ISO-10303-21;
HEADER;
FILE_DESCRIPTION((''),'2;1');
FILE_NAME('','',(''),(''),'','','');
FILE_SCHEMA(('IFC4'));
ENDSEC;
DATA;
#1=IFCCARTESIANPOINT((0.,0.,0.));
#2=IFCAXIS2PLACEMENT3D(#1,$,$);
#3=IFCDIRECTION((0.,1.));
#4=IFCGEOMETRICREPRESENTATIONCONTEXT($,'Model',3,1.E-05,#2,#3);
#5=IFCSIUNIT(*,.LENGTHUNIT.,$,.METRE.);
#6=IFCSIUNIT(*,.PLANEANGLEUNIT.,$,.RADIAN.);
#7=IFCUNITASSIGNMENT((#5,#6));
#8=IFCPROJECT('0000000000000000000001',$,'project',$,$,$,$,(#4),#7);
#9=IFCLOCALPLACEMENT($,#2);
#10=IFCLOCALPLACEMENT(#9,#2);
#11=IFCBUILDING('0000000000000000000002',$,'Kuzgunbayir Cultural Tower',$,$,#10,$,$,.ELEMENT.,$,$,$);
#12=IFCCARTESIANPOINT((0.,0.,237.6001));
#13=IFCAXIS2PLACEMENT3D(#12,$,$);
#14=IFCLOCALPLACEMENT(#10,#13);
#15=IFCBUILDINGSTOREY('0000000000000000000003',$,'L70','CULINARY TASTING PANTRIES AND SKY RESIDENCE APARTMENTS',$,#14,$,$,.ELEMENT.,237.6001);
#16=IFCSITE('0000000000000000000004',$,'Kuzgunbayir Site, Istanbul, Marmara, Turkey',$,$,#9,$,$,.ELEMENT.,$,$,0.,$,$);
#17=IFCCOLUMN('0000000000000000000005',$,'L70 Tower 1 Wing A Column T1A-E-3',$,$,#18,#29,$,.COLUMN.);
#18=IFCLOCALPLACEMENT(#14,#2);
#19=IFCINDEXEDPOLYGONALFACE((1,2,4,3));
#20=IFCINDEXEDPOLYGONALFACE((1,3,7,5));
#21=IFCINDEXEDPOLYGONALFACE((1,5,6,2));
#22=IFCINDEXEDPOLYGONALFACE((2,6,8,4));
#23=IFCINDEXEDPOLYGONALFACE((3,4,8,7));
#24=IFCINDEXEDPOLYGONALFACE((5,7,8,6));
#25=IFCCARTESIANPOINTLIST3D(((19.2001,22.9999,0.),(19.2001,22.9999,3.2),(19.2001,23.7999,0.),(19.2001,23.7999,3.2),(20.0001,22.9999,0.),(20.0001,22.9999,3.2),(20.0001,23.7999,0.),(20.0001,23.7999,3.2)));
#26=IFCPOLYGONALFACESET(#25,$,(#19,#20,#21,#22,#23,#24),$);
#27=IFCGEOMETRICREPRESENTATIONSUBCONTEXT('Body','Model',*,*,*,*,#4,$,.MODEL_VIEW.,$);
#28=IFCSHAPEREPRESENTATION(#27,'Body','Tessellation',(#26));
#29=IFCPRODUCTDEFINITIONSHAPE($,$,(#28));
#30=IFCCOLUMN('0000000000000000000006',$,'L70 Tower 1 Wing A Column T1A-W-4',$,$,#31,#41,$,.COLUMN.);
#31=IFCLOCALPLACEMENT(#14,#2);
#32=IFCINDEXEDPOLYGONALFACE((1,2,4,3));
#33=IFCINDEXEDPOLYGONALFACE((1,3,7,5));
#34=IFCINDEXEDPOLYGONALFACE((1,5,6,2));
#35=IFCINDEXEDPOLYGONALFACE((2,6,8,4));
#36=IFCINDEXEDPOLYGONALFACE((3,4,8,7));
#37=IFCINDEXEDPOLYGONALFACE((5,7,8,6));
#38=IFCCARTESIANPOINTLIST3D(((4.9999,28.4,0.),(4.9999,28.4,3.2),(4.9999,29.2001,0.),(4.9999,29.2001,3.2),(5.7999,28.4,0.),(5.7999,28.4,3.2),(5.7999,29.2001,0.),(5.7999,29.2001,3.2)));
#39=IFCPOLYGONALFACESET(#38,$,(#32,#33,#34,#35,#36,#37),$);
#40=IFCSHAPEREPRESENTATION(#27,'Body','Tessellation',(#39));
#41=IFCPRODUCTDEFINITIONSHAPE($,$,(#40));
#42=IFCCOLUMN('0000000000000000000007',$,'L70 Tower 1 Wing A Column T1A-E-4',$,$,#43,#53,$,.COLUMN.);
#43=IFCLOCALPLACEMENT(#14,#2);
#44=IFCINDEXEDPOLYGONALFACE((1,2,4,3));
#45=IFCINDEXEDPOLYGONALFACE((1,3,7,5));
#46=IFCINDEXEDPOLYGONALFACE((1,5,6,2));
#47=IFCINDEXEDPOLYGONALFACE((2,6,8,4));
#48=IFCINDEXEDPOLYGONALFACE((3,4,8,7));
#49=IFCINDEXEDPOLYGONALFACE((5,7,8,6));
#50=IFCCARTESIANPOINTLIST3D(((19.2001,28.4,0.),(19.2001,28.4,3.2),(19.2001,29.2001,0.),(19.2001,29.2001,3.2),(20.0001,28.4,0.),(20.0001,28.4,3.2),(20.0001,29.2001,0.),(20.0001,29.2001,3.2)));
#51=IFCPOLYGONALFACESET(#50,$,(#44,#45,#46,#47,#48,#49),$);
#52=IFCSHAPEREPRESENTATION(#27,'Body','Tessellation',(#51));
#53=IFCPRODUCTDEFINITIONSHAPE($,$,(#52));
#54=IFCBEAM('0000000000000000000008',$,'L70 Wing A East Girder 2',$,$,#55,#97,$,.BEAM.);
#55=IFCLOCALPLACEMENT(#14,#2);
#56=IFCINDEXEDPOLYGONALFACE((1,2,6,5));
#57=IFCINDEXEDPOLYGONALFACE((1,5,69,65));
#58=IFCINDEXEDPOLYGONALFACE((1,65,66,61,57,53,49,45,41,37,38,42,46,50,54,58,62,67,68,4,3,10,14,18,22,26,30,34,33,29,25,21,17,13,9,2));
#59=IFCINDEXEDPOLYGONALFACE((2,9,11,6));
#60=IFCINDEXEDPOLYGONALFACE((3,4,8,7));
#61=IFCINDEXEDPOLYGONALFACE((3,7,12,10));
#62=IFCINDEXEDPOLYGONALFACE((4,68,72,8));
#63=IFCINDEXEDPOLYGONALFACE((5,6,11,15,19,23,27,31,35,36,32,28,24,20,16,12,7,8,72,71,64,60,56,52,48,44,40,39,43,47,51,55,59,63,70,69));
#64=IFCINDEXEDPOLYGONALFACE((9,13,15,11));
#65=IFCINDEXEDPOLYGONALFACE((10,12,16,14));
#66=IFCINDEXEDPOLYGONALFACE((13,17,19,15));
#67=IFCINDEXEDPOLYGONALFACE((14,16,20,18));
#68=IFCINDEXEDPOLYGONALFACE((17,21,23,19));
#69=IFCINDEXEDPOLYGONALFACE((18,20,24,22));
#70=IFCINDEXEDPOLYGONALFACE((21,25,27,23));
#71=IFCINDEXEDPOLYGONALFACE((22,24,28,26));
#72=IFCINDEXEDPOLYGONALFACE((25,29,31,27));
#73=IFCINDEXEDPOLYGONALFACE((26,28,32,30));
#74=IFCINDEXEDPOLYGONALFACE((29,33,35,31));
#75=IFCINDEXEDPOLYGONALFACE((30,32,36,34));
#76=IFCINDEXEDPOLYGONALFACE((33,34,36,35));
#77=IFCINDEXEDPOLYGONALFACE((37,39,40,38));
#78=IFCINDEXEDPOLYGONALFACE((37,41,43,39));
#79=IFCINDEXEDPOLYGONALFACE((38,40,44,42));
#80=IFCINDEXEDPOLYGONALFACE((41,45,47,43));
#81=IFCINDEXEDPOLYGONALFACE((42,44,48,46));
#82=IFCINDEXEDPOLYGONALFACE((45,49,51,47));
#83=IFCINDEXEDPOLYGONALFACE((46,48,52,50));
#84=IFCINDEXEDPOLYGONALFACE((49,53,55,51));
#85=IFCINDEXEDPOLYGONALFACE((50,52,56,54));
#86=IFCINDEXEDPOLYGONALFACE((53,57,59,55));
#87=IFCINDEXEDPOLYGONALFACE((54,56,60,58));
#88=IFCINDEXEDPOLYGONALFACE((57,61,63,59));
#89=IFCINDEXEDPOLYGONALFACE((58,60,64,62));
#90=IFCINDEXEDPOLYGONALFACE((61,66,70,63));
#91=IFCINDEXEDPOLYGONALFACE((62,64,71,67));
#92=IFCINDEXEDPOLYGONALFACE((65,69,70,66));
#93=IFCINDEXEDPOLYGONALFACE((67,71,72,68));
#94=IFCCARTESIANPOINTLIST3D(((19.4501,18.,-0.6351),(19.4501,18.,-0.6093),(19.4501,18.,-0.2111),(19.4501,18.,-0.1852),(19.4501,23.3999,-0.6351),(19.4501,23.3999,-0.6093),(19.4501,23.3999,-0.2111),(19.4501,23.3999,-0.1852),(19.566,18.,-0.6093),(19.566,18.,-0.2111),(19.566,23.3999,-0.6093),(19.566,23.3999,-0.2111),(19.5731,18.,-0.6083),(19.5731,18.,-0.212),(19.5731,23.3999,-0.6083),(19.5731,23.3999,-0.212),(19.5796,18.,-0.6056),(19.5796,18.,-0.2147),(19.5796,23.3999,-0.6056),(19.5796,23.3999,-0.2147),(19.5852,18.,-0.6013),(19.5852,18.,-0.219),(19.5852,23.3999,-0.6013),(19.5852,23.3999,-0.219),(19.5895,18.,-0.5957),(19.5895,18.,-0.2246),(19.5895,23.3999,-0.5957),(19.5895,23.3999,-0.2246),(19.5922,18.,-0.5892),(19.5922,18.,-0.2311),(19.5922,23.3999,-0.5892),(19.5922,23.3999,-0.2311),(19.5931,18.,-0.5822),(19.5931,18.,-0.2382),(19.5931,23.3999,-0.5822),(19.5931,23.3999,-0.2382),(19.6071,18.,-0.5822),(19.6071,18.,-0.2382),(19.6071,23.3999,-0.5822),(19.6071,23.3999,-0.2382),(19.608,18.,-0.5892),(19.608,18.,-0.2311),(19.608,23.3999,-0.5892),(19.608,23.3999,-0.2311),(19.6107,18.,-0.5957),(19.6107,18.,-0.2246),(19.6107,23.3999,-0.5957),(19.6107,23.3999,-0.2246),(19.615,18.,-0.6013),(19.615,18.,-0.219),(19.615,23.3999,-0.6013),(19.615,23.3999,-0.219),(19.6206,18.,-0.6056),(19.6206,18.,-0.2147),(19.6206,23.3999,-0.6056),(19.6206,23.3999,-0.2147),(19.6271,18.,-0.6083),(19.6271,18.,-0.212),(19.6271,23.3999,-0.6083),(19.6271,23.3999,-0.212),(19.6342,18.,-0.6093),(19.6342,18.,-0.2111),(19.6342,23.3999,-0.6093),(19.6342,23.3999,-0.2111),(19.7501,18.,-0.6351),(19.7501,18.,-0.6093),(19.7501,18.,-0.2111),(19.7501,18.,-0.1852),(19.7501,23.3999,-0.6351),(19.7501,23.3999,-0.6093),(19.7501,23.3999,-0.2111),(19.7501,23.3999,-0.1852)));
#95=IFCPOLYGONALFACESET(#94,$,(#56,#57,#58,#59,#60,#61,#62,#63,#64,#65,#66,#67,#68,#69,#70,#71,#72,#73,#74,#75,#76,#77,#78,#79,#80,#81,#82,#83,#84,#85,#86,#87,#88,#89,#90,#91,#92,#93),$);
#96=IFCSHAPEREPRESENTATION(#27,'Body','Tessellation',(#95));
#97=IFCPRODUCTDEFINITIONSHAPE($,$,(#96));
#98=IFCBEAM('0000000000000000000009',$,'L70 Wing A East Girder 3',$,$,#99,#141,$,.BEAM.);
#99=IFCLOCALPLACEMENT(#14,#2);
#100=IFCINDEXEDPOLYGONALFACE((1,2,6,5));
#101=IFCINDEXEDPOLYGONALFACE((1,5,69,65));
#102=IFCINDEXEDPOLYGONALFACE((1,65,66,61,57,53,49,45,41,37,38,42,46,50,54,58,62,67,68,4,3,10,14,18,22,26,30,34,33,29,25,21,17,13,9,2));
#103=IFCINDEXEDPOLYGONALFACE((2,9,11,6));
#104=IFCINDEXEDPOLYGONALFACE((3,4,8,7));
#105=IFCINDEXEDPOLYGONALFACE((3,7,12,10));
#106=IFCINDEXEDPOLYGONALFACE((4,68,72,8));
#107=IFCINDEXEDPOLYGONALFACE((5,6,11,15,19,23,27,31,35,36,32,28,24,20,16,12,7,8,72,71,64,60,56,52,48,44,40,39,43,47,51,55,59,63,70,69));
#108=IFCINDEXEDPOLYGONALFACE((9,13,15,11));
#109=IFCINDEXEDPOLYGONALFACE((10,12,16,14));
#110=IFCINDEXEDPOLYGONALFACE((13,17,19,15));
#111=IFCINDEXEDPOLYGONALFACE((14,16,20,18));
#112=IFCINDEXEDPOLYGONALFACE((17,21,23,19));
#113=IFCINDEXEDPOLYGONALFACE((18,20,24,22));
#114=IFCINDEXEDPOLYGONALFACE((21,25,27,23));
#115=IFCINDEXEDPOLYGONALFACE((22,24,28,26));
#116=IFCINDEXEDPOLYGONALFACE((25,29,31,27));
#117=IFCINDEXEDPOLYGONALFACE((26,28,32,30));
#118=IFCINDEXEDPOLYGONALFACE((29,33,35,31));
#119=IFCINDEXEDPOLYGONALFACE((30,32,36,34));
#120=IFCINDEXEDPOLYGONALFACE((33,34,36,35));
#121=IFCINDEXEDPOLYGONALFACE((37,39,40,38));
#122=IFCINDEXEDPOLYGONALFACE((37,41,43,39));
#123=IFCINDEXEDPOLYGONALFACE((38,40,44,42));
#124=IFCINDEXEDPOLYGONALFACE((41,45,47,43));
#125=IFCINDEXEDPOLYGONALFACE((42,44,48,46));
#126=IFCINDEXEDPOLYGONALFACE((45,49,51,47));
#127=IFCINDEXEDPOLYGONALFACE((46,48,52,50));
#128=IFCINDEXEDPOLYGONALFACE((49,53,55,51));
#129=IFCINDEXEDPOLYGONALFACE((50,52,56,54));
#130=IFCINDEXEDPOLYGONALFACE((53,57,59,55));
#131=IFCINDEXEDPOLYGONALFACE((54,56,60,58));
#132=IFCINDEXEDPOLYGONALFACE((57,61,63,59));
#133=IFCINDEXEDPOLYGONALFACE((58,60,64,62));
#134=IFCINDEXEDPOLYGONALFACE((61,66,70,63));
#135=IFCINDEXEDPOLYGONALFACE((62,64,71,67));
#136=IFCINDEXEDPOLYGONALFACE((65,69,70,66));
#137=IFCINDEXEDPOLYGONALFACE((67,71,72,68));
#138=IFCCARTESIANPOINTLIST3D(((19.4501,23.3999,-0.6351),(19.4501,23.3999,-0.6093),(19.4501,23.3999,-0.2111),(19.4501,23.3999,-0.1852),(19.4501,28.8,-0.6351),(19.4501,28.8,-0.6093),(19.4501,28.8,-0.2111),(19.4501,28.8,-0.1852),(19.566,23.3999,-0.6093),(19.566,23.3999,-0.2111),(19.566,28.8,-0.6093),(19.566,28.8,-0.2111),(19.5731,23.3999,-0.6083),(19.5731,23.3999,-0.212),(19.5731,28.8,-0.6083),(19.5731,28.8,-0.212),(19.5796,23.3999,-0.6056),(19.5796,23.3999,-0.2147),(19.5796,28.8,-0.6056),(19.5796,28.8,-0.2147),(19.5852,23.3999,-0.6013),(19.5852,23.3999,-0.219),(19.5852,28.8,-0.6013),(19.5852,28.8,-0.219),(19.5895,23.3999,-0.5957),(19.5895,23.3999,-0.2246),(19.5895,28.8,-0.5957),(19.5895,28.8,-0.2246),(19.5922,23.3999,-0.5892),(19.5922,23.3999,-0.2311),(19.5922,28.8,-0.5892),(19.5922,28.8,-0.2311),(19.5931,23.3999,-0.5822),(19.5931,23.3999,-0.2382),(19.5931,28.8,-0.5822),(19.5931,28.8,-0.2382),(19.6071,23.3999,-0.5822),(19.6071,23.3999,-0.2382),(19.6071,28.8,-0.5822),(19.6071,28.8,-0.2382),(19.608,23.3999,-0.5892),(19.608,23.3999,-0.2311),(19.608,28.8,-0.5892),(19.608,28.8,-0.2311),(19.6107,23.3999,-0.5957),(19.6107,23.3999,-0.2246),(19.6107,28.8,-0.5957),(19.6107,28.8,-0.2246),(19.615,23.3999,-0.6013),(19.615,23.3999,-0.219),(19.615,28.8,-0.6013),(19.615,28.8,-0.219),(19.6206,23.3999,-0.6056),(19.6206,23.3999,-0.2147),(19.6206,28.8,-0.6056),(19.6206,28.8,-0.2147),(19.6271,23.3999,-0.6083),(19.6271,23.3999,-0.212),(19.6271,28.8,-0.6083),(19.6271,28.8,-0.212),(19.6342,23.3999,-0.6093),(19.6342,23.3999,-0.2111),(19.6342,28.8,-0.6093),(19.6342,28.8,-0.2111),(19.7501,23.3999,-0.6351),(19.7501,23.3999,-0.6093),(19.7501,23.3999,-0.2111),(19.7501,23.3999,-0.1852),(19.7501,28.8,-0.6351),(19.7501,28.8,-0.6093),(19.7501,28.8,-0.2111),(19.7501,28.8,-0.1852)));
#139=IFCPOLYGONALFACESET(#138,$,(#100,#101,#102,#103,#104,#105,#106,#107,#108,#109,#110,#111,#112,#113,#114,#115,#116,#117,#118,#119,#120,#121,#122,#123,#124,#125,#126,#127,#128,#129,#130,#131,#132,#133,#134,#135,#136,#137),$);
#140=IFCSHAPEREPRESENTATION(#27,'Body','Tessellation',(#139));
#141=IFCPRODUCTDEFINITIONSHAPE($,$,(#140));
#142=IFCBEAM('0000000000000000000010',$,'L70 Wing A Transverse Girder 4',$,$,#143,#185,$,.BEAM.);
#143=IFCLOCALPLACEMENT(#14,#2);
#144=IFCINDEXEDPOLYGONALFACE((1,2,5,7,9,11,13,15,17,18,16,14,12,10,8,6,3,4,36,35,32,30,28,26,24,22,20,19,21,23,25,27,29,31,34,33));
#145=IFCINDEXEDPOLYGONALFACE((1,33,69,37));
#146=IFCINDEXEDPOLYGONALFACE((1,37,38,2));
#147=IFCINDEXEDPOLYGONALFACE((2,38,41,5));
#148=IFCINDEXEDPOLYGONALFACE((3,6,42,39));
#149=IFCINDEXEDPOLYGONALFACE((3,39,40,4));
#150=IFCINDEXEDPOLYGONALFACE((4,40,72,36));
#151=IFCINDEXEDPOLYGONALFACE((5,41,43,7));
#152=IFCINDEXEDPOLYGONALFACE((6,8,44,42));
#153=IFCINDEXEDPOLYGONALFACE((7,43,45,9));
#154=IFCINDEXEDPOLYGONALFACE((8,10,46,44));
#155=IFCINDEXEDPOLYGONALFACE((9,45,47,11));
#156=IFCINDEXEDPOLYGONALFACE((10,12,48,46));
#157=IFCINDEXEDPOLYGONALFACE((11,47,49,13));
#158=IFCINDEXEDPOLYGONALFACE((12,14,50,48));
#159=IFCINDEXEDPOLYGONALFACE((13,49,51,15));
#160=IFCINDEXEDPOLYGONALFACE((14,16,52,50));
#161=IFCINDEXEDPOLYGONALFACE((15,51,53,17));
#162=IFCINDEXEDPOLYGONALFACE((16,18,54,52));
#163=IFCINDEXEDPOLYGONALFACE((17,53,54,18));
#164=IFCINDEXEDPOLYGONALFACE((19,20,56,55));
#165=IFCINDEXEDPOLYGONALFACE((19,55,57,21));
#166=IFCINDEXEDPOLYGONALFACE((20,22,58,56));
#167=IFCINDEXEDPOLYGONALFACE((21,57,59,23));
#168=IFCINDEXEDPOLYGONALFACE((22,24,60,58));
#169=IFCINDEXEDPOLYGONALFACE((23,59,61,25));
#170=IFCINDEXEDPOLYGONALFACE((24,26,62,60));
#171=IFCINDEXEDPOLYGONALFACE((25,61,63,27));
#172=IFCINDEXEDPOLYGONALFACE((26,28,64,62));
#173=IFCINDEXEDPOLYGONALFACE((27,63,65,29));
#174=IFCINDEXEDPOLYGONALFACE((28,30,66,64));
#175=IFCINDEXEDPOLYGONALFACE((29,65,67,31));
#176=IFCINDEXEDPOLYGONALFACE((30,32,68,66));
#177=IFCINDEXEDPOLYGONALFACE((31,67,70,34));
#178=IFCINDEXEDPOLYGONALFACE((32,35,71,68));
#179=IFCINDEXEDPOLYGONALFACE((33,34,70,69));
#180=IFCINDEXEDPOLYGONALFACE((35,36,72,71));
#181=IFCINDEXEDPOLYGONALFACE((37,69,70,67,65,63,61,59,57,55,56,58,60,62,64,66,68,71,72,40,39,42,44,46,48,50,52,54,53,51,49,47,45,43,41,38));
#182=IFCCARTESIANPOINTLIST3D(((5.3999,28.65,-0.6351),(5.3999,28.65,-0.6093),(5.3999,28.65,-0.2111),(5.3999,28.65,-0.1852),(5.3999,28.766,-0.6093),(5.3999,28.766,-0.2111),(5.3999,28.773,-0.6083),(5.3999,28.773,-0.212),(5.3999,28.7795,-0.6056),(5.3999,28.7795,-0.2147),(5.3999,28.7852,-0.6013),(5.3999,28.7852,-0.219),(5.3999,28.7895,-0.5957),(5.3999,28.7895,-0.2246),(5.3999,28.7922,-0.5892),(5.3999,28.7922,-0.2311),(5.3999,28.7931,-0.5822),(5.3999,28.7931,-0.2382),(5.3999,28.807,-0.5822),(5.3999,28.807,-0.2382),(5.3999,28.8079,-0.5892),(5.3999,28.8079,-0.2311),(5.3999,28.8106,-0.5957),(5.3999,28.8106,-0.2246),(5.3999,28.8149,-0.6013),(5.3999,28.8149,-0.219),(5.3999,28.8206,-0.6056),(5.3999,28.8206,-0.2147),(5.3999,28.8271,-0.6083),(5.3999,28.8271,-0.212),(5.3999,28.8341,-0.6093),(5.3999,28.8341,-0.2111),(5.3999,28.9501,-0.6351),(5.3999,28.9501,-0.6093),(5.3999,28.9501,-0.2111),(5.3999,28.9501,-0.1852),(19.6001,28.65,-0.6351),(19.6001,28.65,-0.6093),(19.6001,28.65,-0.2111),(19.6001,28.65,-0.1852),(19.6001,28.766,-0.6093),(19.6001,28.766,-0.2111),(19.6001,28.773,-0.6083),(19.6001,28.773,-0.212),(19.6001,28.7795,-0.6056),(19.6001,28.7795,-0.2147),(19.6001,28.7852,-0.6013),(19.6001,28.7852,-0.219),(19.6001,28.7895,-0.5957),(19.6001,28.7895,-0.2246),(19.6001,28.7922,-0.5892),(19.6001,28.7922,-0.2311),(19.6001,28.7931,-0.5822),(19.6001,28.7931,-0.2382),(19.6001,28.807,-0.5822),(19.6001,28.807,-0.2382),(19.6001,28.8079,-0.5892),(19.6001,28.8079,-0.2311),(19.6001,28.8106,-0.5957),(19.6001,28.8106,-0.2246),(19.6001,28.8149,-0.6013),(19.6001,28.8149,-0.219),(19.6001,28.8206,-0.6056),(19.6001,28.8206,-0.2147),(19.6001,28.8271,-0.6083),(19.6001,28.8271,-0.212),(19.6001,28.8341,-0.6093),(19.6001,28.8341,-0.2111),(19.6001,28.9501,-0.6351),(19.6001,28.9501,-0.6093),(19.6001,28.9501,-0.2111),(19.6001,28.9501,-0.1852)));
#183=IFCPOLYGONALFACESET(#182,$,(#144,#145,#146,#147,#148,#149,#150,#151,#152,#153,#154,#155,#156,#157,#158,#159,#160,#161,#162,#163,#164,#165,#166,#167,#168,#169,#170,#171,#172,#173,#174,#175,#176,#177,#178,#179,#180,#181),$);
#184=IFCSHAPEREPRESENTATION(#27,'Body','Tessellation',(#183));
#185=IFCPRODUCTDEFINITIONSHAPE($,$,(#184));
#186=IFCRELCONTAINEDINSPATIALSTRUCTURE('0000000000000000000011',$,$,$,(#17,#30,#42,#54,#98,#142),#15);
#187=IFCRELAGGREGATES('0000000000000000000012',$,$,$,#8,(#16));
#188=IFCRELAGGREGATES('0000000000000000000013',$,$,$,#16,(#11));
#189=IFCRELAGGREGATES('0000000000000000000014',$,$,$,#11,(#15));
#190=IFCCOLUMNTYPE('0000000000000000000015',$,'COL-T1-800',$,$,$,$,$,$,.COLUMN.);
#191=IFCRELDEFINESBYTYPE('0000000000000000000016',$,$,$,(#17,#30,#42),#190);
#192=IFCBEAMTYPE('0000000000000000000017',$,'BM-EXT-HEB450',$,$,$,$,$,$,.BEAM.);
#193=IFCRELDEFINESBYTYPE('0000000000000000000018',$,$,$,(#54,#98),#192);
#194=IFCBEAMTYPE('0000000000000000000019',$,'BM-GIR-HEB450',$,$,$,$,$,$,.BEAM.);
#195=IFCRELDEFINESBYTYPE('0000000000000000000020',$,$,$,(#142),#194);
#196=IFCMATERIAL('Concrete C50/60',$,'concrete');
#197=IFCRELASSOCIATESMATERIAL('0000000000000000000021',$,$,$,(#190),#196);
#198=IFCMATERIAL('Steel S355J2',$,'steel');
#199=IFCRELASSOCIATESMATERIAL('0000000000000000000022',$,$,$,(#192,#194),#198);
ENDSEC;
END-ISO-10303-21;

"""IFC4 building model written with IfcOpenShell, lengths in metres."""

from ifc_helpers import new_model, si_unit, direction, frame, origin, origin_2d, place, context, subcontext, project, spatial, rectangle, i_section, extrude, material, material_profile, profile_set, type_object, element, save


model = new_model("IFC4")

# Units and contexts
model_context = context("Model", 3, precision=1e-05, world=origin(), true_north=direction((0.0, 1.0)))
body_context = subcontext(model_context, "Body", "Model", "MODEL_VIEW")
ifc_project = project(units=[si_unit("LENGTHUNIT", "METRE"), si_unit("PLANEANGLEUNIT", "RADIAN")], contexts=[model_context])

# Site, building, storey
site_placement = place(None, origin())
site = spatial("IfcSite", under=ifc_project, at=site_placement, Name="Kuzgunbayir Site, Istanbul, Marmara, Turkey", CompositionType="ELEMENT", RefElevation=0.0)
building_placement = place(site_placement, origin())
building = spatial("IfcBuilding", under=site, at=building_placement, Name="Kuzgunbayir Cultural Tower", CompositionType="ELEMENT")
storey_placement = place(building_placement, frame((0.0, 0.0, 237.6001)))
storey = spatial("IfcBuildingStorey", under=building, at=storey_placement, Name="L70", Description="CULINARY TASTING PANTRIES AND SKY RESIDENCE APARTMENTS", CompositionType="ELEMENT", Elevation=237.6001)

# Columns
ifc_material_1 = material(Name="Concrete C50/60", Category="concrete")
ifc_material_profile_1 = material_profile(ifc_material_1, rectangle(XDim=0.8, YDim=0.8, at=origin_2d()), Name="RC 800x800")
ifc_profile_set_1 = profile_set([ifc_material_profile_1], Name="Concrete C50/60")
column_type = type_object("IfcColumnType", Name="COL-T1-800", PredefinedType="COLUMN", material=ifc_profile_set_1)
for number, where, z_axis, x_axis, name in (
    (1, (19.6001, 23.3999, 0.0), (0.0, 0.0, 1.0), (1.0, 0.0, 0.0), "L70 Tower 1 Wing A Column T1A-E-3"),
    (2, (5.3999, 28.8, 0.0), (0.0, 0.0, 1.0), (1.0, 0.0, 0.0), "L70 Tower 1 Wing A Column T1A-W-4"),
    (3, (19.6001, 28.8, 0.0), (0.0, 0.0, 1.0), (1.0, 0.0, 0.0), "L70 Tower 1 Wing A Column T1A-E-4"),
):
    element("IfcColumn", number, at=place(storey_placement, frame(where, z_axis=z_axis, x_axis=x_axis)), inside=storey, type_object=column_type, Name=name, PredefinedType="COLUMN", context=body_context, shape_type="SweptSolid", body=[
        extrude(rectangle(XDim=0.8, YDim=0.8, at=origin_2d()), origin(), (0.0, 0.0, 1.0), 3.2),
    ])

# Beams
ifc_material_2 = material(Name="Steel S355J2", Category="steel")
ifc_material_profile_2 = material_profile(ifc_material_2, i_section(OverallWidth=0.3, OverallDepth=0.45, WebThickness=0.0139, FlangeThickness=0.0259, FilletRadius=0.0271, at=origin_2d()), Name="HEB 450")
ifc_profile_set_2 = profile_set([ifc_material_profile_2], Name="Steel S355J2")
beam_type_1 = type_object("IfcBeamType", Name="BM-EXT-HEB450", PredefinedType="BEAM", material=ifc_profile_set_2)
beam_1_placement = place(storey_placement, frame((19.6001, 18.0, -0.4102), z_axis=(0.0, 1.0, 0.0), x_axis=(-1.0, 0.0, 0.0)))
element("IfcBeam", 4, at=beam_1_placement, inside=storey, type_object=beam_type_1, Name="L70 Wing A East Girder 2", PredefinedType="BEAM", context=body_context, shape_type="SweptSolid", body=[
    extrude(i_section(OverallWidth=0.3, OverallDepth=0.45, WebThickness=0.0139, FlangeThickness=0.0259, FilletRadius=0.0271, at=origin_2d()), origin(), (0.0, 0.0, 1.0), 5.3999),
])
beam_2_placement = place(storey_placement, frame((19.6001, 23.3999, -0.4102), z_axis=(0.0, 1.0, 0.0), x_axis=(-1.0, 0.0, 0.0)))
element("IfcBeam", 5, at=beam_2_placement, inside=storey, type_object=beam_type_1, Name="L70 Wing A East Girder 3", PredefinedType="BEAM", context=body_context, shape_type="SweptSolid", body=[
    extrude(i_section(OverallWidth=0.3, OverallDepth=0.45, WebThickness=0.0139, FlangeThickness=0.0259, FilletRadius=0.0271, at=origin_2d()), origin(), (0.0, 0.0, 1.0), 5.4001),
])
ifc_material_profile_3 = material_profile(ifc_material_2, i_section(OverallWidth=0.3, OverallDepth=0.45, WebThickness=0.0139, FlangeThickness=0.0259, FilletRadius=0.0271, at=origin_2d()), Name="HEB 450")
ifc_profile_set_3 = profile_set([ifc_material_profile_3], Name="Steel S355J2")
beam_type_2 = type_object("IfcBeamType", Name="BM-GIR-HEB450", PredefinedType="BEAM", material=ifc_profile_set_3)
beam_3_placement = place(storey_placement, frame((5.3999, 28.8, -0.4102), z_axis=(1.0, 0.0, 0.0), x_axis=(0.0, 1.0, 0.0)))
element("IfcBeam", 6, at=beam_3_placement, inside=storey, type_object=beam_type_2, Name="L70 Wing A Transverse Girder 4", PredefinedType="BEAM", context=body_context, shape_type="SweptSolid", body=[
    extrude(i_section(OverallWidth=0.3, OverallDepth=0.45, WebThickness=0.0139, FlangeThickness=0.0259, FilletRadius=0.0271, at=origin_2d()), origin(), (0.0, 0.0, 1.0), 14.2002),
])

save(model, "model.ifc")
